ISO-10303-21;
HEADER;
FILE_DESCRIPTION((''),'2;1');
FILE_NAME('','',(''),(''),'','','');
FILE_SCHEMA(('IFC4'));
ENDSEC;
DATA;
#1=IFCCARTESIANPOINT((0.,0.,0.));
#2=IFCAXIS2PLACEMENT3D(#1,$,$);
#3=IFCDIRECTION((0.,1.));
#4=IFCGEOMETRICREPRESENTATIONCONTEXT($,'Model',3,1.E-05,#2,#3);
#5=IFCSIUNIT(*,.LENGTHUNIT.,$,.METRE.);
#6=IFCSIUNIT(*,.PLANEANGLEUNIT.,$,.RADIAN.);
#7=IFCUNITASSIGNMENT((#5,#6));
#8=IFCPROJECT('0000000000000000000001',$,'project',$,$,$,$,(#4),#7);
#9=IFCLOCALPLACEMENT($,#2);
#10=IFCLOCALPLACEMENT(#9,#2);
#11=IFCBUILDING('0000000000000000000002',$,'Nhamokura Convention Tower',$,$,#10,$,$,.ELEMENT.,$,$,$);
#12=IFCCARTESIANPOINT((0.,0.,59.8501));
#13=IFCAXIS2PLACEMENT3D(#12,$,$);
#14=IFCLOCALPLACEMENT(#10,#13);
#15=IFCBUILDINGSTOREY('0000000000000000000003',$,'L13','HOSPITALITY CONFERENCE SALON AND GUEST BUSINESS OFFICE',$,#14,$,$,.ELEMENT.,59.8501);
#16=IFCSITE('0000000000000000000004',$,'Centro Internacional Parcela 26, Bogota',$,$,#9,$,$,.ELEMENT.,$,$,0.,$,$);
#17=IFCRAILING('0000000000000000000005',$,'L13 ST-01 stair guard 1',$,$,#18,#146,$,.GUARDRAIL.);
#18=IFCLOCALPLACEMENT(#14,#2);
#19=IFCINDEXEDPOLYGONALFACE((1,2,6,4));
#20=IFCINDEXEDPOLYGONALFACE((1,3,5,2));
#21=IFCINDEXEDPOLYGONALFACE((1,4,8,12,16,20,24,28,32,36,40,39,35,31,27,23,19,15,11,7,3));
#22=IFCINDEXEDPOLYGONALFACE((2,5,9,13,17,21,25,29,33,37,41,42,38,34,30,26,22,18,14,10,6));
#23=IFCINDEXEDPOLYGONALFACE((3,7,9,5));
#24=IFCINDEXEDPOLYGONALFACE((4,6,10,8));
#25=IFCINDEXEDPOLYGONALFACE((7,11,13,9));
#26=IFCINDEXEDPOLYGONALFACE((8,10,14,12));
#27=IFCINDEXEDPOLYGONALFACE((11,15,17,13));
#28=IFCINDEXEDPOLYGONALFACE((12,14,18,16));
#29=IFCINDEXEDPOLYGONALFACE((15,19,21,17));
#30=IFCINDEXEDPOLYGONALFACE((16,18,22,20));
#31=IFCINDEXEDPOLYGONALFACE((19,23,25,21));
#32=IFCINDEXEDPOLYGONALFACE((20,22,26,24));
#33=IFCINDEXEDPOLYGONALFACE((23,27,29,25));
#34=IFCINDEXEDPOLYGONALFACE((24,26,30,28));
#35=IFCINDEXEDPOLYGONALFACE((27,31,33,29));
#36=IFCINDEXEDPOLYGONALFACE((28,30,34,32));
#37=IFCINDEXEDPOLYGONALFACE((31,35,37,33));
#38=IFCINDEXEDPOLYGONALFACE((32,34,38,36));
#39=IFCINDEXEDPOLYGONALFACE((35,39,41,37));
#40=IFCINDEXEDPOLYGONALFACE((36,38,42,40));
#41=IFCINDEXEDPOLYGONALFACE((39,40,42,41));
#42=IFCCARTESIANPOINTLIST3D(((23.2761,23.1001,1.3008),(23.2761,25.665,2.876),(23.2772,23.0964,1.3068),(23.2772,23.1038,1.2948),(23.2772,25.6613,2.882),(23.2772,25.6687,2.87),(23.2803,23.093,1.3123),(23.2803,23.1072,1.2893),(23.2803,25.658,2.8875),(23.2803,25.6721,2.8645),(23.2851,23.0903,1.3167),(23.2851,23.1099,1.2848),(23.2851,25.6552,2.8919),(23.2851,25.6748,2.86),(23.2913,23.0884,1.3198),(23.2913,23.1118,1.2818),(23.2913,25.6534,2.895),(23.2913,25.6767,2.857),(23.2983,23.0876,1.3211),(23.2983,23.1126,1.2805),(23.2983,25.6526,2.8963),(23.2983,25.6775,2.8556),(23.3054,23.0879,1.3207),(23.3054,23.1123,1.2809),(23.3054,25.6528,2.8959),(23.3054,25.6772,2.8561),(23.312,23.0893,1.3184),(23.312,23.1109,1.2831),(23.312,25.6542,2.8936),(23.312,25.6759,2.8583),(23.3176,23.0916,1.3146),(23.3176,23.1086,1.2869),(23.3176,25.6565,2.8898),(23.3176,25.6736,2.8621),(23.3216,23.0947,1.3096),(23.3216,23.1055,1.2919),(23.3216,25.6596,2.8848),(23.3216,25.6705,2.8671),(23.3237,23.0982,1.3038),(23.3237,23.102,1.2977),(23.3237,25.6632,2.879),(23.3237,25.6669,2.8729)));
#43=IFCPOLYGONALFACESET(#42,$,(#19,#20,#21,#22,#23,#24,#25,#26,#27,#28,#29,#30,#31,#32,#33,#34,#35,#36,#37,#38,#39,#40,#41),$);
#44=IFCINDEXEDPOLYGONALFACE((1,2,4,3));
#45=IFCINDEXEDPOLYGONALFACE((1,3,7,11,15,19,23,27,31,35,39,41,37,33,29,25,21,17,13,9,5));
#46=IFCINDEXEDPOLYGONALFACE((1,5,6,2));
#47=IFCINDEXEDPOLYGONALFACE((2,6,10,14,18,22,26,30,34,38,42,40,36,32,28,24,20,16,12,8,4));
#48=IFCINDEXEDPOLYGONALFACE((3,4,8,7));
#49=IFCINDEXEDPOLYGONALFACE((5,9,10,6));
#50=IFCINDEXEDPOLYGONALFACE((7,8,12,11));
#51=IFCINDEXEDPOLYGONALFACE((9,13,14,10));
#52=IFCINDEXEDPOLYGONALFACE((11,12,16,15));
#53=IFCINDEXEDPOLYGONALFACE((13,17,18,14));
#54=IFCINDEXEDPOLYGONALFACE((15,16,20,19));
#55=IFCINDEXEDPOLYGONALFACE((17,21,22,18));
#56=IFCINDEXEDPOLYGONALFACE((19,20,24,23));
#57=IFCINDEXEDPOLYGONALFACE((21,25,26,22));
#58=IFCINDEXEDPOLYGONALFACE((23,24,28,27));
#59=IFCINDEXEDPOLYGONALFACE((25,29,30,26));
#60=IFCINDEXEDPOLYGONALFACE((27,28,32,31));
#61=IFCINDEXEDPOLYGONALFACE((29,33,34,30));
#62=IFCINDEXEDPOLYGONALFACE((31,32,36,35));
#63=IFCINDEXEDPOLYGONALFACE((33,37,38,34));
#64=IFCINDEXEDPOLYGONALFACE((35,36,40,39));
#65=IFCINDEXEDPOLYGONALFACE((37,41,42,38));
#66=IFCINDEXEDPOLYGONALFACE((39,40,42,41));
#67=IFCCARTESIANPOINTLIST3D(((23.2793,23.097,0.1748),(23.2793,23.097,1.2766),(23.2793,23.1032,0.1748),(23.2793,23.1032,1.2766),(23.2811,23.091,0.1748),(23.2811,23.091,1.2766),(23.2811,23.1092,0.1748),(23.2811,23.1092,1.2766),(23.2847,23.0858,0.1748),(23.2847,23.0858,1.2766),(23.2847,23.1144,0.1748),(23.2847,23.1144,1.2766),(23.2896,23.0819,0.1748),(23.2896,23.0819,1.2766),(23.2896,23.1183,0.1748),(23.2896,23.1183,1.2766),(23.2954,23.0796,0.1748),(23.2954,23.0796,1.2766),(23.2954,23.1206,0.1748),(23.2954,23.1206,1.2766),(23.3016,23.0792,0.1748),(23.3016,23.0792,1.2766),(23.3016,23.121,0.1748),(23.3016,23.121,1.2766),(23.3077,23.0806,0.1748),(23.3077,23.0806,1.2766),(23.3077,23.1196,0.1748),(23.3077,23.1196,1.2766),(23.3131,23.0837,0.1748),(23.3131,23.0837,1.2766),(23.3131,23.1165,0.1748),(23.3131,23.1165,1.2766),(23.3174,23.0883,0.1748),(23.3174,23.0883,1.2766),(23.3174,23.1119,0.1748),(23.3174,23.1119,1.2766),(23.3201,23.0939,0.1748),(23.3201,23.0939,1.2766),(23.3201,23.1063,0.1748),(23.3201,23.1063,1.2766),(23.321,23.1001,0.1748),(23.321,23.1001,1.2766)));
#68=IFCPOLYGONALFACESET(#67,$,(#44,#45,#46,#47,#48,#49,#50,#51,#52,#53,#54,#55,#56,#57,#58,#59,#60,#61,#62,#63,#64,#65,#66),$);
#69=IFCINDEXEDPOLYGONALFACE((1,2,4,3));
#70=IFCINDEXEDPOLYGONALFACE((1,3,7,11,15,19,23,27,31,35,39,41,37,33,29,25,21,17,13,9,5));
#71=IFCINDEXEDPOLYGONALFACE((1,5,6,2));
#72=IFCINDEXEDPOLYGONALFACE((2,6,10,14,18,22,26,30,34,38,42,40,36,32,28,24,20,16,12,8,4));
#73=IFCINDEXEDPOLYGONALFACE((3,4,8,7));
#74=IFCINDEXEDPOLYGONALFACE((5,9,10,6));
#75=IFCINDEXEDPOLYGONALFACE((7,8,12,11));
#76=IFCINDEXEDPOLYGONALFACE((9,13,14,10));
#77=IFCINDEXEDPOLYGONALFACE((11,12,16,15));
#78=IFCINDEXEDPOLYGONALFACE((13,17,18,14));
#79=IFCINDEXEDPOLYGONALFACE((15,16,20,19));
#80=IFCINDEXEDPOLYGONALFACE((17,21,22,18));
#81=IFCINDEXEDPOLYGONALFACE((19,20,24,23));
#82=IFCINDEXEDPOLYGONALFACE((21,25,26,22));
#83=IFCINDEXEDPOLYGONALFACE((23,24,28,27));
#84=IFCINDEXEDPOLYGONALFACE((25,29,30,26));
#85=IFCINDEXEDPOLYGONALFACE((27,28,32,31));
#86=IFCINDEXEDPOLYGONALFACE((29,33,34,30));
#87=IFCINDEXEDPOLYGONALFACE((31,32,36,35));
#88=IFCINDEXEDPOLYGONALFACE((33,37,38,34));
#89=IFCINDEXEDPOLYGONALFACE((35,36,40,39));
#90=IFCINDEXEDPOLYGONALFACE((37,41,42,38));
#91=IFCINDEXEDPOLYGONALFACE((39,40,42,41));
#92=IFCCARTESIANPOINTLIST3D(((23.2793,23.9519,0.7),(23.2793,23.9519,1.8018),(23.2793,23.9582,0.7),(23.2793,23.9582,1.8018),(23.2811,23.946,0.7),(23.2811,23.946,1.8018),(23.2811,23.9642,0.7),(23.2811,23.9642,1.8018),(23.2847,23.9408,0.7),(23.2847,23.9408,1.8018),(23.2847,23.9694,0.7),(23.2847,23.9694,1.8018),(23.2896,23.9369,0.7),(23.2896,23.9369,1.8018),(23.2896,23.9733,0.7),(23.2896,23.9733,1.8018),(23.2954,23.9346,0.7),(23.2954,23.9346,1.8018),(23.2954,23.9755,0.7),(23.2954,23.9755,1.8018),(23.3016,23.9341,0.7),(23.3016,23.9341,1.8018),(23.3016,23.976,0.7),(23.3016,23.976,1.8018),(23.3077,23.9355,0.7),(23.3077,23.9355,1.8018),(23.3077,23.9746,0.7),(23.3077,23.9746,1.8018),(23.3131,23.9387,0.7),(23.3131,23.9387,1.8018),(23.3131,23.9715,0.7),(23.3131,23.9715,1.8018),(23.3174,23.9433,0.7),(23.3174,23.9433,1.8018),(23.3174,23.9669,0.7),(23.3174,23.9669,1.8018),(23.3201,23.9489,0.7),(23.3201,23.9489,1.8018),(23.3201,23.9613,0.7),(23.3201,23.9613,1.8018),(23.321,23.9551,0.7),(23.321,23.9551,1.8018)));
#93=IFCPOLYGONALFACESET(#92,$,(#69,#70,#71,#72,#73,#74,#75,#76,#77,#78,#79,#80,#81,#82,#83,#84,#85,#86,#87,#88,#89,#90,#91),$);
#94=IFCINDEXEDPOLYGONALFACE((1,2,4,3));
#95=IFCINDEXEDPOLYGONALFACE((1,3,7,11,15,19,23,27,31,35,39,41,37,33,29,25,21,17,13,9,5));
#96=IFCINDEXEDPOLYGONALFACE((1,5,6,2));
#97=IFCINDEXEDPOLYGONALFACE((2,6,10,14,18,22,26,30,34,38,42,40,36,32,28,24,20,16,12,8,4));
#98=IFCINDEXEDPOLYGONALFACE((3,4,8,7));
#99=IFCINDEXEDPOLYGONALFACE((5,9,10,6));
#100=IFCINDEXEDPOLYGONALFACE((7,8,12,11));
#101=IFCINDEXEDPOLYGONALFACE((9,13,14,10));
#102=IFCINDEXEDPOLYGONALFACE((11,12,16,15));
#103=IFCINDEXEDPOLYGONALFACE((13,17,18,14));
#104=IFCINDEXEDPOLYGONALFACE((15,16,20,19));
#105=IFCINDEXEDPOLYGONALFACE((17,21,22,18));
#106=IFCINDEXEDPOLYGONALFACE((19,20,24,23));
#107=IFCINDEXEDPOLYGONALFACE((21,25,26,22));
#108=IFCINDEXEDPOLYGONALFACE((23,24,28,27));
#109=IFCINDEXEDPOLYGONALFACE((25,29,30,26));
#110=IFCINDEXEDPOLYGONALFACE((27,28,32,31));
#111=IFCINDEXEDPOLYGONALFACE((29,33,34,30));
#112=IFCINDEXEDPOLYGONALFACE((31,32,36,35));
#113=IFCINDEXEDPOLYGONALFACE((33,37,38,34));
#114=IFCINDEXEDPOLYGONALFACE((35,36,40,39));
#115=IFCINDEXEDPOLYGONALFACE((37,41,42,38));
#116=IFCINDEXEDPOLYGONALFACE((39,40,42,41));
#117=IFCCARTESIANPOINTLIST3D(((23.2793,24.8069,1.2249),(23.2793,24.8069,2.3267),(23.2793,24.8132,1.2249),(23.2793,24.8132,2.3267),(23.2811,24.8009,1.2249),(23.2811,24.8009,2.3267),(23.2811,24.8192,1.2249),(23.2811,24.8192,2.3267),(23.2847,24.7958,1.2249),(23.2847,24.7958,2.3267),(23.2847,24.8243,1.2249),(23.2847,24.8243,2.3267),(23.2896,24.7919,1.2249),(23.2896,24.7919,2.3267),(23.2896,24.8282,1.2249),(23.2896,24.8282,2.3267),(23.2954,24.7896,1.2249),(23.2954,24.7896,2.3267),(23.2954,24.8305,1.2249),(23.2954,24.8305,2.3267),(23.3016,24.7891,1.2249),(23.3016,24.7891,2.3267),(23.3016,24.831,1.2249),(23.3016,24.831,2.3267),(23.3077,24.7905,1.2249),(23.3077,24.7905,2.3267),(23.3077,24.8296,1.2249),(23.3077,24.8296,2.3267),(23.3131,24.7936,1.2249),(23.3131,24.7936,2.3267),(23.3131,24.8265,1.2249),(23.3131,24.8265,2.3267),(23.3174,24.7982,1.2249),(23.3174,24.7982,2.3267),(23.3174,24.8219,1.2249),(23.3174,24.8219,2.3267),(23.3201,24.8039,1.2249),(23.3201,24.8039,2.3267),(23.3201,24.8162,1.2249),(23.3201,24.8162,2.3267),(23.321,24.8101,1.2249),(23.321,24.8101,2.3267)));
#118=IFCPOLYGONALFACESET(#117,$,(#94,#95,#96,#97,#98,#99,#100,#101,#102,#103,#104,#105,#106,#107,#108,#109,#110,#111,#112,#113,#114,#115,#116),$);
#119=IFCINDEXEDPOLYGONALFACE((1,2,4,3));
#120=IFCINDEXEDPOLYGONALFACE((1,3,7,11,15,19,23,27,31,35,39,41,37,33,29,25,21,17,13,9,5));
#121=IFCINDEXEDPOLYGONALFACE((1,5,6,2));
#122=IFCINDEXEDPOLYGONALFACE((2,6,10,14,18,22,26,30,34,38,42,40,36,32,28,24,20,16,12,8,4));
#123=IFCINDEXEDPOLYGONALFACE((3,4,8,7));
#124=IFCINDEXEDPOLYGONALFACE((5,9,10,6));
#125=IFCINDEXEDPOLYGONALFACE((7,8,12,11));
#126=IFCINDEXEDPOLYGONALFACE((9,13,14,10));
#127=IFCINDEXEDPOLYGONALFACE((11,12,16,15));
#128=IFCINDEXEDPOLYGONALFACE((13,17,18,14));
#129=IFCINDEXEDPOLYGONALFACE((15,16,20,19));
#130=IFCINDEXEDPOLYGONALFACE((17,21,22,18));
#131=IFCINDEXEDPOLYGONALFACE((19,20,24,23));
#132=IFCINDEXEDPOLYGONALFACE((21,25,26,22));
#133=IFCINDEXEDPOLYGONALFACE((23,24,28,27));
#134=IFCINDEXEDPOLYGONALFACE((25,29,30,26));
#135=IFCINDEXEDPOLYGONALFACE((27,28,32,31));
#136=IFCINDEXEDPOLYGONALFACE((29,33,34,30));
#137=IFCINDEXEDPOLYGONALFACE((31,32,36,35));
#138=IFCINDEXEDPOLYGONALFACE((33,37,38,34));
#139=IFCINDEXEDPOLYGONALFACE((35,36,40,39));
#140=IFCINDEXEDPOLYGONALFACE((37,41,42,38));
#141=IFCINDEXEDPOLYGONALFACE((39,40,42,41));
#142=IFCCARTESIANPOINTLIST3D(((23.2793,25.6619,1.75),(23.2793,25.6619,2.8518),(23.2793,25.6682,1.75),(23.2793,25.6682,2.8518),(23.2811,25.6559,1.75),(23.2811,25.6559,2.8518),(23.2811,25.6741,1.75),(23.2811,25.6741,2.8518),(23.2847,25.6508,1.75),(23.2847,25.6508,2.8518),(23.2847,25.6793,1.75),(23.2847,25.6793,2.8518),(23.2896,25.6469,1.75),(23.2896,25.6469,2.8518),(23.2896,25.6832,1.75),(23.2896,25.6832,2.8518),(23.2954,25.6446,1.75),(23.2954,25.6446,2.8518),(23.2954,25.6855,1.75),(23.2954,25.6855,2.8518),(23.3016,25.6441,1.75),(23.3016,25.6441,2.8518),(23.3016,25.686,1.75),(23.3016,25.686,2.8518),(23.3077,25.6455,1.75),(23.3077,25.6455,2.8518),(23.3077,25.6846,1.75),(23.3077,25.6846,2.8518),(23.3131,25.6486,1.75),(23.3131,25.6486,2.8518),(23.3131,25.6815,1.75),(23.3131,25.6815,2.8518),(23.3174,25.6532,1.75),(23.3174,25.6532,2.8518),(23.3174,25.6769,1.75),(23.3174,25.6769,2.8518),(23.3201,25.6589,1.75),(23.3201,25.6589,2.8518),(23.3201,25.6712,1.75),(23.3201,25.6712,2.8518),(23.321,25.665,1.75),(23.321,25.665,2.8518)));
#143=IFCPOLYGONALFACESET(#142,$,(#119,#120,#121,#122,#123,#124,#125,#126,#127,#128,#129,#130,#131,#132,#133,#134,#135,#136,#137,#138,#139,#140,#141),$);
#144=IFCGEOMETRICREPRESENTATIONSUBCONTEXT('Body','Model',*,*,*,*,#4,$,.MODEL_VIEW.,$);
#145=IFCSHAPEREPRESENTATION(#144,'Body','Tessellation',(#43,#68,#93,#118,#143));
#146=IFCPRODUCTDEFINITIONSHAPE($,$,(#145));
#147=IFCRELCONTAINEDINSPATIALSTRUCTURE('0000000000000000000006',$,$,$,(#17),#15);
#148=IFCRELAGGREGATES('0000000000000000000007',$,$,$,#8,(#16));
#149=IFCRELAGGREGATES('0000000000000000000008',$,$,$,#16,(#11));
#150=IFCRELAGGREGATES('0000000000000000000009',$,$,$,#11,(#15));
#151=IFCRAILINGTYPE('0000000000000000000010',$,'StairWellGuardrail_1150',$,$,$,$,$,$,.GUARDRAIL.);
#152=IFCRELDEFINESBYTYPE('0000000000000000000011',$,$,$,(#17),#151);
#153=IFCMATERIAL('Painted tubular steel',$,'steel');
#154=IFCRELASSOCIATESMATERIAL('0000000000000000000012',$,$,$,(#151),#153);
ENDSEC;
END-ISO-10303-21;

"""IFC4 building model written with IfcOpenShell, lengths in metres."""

from ifc_helpers import new_model, si_unit, direction, frame, origin, origin_2d, place, context, subcontext, project, spatial, circle, extrude, material, type_object, element, save


model = new_model("IFC4")

# Units and contexts
model_context = context("Model", 3, precision=1e-05, world=origin(), true_north=direction((0.0, 1.0)))
body_context = subcontext(model_context, "Body", "Model", "MODEL_VIEW")
ifc_project = project(units=[si_unit("LENGTHUNIT", "METRE"), si_unit("PLANEANGLEUNIT", "RADIAN")], contexts=[model_context])

# Site, building, storey
site_placement = place(None, origin())
site = spatial("IfcSite", under=ifc_project, at=site_placement, Name="Centro Internacional Parcela 26, Bogota", CompositionType="ELEMENT", RefElevation=0.0)
building_placement = place(site_placement, origin())
building = spatial("IfcBuilding", under=site, at=building_placement, Name="Nhamokura Convention Tower", CompositionType="ELEMENT")
storey_placement = place(building_placement, frame((0.0, 0.0, 59.8501)))
storey = spatial("IfcBuildingStorey", under=building, at=storey_placement, Name="L13", Description="HOSPITALITY CONFERENCE SALON AND GUEST BUSINESS OFFICE", CompositionType="ELEMENT", Elevation=59.8501)

# Railing
ifc_material_1 = material(Name="Painted tubular steel", Category="steel")
railing_type_1 = type_object("IfcRailingType", Name="StairWellGuardrail_1150", PredefinedType="GUARDRAIL", material=ifc_material_1)
railing_1_placement = place(storey_placement, frame((23.3, 23.1001, 0.1748)))
element("IfcRailing", 1, at=railing_1_placement, inside=storey, type_object=railing_type_1, Name="L13 ST-01 stair guard 1", PredefinedType="GUARDRAIL", context=body_context, shape_type="SweptSolid", body=[
    extrude(circle(Radius=0.0239, at=origin_2d()), frame((0.0, 0.0, 1.126), z_axis=(0.0, 0.852137, 0.523319), x_axis=(-1.0, 0.0, 0.0)), (0.0, 0.0, 1.0), 3.01),
    extrude(circle(Radius=0.021, at=origin_2d()), origin(), (0.0, 0.0, 1.0), 1.1018),
    extrude(circle(Radius=0.021, at=origin_2d()), frame((0.0, 0.855, 0.5251)), (0.0, 0.0, 1.0), 1.1018),
    extrude(circle(Radius=0.021, at=origin_2d()), frame((0.0, 1.71, 1.05)), (0.0, 0.0, 1.0), 1.1018),
    extrude(circle(Radius=0.021, at=origin_2d()), frame((0.0, 2.5649, 1.5752)), (0.0, 0.0, 1.0), 1.1018),
])

save(model, "model.ifc")
